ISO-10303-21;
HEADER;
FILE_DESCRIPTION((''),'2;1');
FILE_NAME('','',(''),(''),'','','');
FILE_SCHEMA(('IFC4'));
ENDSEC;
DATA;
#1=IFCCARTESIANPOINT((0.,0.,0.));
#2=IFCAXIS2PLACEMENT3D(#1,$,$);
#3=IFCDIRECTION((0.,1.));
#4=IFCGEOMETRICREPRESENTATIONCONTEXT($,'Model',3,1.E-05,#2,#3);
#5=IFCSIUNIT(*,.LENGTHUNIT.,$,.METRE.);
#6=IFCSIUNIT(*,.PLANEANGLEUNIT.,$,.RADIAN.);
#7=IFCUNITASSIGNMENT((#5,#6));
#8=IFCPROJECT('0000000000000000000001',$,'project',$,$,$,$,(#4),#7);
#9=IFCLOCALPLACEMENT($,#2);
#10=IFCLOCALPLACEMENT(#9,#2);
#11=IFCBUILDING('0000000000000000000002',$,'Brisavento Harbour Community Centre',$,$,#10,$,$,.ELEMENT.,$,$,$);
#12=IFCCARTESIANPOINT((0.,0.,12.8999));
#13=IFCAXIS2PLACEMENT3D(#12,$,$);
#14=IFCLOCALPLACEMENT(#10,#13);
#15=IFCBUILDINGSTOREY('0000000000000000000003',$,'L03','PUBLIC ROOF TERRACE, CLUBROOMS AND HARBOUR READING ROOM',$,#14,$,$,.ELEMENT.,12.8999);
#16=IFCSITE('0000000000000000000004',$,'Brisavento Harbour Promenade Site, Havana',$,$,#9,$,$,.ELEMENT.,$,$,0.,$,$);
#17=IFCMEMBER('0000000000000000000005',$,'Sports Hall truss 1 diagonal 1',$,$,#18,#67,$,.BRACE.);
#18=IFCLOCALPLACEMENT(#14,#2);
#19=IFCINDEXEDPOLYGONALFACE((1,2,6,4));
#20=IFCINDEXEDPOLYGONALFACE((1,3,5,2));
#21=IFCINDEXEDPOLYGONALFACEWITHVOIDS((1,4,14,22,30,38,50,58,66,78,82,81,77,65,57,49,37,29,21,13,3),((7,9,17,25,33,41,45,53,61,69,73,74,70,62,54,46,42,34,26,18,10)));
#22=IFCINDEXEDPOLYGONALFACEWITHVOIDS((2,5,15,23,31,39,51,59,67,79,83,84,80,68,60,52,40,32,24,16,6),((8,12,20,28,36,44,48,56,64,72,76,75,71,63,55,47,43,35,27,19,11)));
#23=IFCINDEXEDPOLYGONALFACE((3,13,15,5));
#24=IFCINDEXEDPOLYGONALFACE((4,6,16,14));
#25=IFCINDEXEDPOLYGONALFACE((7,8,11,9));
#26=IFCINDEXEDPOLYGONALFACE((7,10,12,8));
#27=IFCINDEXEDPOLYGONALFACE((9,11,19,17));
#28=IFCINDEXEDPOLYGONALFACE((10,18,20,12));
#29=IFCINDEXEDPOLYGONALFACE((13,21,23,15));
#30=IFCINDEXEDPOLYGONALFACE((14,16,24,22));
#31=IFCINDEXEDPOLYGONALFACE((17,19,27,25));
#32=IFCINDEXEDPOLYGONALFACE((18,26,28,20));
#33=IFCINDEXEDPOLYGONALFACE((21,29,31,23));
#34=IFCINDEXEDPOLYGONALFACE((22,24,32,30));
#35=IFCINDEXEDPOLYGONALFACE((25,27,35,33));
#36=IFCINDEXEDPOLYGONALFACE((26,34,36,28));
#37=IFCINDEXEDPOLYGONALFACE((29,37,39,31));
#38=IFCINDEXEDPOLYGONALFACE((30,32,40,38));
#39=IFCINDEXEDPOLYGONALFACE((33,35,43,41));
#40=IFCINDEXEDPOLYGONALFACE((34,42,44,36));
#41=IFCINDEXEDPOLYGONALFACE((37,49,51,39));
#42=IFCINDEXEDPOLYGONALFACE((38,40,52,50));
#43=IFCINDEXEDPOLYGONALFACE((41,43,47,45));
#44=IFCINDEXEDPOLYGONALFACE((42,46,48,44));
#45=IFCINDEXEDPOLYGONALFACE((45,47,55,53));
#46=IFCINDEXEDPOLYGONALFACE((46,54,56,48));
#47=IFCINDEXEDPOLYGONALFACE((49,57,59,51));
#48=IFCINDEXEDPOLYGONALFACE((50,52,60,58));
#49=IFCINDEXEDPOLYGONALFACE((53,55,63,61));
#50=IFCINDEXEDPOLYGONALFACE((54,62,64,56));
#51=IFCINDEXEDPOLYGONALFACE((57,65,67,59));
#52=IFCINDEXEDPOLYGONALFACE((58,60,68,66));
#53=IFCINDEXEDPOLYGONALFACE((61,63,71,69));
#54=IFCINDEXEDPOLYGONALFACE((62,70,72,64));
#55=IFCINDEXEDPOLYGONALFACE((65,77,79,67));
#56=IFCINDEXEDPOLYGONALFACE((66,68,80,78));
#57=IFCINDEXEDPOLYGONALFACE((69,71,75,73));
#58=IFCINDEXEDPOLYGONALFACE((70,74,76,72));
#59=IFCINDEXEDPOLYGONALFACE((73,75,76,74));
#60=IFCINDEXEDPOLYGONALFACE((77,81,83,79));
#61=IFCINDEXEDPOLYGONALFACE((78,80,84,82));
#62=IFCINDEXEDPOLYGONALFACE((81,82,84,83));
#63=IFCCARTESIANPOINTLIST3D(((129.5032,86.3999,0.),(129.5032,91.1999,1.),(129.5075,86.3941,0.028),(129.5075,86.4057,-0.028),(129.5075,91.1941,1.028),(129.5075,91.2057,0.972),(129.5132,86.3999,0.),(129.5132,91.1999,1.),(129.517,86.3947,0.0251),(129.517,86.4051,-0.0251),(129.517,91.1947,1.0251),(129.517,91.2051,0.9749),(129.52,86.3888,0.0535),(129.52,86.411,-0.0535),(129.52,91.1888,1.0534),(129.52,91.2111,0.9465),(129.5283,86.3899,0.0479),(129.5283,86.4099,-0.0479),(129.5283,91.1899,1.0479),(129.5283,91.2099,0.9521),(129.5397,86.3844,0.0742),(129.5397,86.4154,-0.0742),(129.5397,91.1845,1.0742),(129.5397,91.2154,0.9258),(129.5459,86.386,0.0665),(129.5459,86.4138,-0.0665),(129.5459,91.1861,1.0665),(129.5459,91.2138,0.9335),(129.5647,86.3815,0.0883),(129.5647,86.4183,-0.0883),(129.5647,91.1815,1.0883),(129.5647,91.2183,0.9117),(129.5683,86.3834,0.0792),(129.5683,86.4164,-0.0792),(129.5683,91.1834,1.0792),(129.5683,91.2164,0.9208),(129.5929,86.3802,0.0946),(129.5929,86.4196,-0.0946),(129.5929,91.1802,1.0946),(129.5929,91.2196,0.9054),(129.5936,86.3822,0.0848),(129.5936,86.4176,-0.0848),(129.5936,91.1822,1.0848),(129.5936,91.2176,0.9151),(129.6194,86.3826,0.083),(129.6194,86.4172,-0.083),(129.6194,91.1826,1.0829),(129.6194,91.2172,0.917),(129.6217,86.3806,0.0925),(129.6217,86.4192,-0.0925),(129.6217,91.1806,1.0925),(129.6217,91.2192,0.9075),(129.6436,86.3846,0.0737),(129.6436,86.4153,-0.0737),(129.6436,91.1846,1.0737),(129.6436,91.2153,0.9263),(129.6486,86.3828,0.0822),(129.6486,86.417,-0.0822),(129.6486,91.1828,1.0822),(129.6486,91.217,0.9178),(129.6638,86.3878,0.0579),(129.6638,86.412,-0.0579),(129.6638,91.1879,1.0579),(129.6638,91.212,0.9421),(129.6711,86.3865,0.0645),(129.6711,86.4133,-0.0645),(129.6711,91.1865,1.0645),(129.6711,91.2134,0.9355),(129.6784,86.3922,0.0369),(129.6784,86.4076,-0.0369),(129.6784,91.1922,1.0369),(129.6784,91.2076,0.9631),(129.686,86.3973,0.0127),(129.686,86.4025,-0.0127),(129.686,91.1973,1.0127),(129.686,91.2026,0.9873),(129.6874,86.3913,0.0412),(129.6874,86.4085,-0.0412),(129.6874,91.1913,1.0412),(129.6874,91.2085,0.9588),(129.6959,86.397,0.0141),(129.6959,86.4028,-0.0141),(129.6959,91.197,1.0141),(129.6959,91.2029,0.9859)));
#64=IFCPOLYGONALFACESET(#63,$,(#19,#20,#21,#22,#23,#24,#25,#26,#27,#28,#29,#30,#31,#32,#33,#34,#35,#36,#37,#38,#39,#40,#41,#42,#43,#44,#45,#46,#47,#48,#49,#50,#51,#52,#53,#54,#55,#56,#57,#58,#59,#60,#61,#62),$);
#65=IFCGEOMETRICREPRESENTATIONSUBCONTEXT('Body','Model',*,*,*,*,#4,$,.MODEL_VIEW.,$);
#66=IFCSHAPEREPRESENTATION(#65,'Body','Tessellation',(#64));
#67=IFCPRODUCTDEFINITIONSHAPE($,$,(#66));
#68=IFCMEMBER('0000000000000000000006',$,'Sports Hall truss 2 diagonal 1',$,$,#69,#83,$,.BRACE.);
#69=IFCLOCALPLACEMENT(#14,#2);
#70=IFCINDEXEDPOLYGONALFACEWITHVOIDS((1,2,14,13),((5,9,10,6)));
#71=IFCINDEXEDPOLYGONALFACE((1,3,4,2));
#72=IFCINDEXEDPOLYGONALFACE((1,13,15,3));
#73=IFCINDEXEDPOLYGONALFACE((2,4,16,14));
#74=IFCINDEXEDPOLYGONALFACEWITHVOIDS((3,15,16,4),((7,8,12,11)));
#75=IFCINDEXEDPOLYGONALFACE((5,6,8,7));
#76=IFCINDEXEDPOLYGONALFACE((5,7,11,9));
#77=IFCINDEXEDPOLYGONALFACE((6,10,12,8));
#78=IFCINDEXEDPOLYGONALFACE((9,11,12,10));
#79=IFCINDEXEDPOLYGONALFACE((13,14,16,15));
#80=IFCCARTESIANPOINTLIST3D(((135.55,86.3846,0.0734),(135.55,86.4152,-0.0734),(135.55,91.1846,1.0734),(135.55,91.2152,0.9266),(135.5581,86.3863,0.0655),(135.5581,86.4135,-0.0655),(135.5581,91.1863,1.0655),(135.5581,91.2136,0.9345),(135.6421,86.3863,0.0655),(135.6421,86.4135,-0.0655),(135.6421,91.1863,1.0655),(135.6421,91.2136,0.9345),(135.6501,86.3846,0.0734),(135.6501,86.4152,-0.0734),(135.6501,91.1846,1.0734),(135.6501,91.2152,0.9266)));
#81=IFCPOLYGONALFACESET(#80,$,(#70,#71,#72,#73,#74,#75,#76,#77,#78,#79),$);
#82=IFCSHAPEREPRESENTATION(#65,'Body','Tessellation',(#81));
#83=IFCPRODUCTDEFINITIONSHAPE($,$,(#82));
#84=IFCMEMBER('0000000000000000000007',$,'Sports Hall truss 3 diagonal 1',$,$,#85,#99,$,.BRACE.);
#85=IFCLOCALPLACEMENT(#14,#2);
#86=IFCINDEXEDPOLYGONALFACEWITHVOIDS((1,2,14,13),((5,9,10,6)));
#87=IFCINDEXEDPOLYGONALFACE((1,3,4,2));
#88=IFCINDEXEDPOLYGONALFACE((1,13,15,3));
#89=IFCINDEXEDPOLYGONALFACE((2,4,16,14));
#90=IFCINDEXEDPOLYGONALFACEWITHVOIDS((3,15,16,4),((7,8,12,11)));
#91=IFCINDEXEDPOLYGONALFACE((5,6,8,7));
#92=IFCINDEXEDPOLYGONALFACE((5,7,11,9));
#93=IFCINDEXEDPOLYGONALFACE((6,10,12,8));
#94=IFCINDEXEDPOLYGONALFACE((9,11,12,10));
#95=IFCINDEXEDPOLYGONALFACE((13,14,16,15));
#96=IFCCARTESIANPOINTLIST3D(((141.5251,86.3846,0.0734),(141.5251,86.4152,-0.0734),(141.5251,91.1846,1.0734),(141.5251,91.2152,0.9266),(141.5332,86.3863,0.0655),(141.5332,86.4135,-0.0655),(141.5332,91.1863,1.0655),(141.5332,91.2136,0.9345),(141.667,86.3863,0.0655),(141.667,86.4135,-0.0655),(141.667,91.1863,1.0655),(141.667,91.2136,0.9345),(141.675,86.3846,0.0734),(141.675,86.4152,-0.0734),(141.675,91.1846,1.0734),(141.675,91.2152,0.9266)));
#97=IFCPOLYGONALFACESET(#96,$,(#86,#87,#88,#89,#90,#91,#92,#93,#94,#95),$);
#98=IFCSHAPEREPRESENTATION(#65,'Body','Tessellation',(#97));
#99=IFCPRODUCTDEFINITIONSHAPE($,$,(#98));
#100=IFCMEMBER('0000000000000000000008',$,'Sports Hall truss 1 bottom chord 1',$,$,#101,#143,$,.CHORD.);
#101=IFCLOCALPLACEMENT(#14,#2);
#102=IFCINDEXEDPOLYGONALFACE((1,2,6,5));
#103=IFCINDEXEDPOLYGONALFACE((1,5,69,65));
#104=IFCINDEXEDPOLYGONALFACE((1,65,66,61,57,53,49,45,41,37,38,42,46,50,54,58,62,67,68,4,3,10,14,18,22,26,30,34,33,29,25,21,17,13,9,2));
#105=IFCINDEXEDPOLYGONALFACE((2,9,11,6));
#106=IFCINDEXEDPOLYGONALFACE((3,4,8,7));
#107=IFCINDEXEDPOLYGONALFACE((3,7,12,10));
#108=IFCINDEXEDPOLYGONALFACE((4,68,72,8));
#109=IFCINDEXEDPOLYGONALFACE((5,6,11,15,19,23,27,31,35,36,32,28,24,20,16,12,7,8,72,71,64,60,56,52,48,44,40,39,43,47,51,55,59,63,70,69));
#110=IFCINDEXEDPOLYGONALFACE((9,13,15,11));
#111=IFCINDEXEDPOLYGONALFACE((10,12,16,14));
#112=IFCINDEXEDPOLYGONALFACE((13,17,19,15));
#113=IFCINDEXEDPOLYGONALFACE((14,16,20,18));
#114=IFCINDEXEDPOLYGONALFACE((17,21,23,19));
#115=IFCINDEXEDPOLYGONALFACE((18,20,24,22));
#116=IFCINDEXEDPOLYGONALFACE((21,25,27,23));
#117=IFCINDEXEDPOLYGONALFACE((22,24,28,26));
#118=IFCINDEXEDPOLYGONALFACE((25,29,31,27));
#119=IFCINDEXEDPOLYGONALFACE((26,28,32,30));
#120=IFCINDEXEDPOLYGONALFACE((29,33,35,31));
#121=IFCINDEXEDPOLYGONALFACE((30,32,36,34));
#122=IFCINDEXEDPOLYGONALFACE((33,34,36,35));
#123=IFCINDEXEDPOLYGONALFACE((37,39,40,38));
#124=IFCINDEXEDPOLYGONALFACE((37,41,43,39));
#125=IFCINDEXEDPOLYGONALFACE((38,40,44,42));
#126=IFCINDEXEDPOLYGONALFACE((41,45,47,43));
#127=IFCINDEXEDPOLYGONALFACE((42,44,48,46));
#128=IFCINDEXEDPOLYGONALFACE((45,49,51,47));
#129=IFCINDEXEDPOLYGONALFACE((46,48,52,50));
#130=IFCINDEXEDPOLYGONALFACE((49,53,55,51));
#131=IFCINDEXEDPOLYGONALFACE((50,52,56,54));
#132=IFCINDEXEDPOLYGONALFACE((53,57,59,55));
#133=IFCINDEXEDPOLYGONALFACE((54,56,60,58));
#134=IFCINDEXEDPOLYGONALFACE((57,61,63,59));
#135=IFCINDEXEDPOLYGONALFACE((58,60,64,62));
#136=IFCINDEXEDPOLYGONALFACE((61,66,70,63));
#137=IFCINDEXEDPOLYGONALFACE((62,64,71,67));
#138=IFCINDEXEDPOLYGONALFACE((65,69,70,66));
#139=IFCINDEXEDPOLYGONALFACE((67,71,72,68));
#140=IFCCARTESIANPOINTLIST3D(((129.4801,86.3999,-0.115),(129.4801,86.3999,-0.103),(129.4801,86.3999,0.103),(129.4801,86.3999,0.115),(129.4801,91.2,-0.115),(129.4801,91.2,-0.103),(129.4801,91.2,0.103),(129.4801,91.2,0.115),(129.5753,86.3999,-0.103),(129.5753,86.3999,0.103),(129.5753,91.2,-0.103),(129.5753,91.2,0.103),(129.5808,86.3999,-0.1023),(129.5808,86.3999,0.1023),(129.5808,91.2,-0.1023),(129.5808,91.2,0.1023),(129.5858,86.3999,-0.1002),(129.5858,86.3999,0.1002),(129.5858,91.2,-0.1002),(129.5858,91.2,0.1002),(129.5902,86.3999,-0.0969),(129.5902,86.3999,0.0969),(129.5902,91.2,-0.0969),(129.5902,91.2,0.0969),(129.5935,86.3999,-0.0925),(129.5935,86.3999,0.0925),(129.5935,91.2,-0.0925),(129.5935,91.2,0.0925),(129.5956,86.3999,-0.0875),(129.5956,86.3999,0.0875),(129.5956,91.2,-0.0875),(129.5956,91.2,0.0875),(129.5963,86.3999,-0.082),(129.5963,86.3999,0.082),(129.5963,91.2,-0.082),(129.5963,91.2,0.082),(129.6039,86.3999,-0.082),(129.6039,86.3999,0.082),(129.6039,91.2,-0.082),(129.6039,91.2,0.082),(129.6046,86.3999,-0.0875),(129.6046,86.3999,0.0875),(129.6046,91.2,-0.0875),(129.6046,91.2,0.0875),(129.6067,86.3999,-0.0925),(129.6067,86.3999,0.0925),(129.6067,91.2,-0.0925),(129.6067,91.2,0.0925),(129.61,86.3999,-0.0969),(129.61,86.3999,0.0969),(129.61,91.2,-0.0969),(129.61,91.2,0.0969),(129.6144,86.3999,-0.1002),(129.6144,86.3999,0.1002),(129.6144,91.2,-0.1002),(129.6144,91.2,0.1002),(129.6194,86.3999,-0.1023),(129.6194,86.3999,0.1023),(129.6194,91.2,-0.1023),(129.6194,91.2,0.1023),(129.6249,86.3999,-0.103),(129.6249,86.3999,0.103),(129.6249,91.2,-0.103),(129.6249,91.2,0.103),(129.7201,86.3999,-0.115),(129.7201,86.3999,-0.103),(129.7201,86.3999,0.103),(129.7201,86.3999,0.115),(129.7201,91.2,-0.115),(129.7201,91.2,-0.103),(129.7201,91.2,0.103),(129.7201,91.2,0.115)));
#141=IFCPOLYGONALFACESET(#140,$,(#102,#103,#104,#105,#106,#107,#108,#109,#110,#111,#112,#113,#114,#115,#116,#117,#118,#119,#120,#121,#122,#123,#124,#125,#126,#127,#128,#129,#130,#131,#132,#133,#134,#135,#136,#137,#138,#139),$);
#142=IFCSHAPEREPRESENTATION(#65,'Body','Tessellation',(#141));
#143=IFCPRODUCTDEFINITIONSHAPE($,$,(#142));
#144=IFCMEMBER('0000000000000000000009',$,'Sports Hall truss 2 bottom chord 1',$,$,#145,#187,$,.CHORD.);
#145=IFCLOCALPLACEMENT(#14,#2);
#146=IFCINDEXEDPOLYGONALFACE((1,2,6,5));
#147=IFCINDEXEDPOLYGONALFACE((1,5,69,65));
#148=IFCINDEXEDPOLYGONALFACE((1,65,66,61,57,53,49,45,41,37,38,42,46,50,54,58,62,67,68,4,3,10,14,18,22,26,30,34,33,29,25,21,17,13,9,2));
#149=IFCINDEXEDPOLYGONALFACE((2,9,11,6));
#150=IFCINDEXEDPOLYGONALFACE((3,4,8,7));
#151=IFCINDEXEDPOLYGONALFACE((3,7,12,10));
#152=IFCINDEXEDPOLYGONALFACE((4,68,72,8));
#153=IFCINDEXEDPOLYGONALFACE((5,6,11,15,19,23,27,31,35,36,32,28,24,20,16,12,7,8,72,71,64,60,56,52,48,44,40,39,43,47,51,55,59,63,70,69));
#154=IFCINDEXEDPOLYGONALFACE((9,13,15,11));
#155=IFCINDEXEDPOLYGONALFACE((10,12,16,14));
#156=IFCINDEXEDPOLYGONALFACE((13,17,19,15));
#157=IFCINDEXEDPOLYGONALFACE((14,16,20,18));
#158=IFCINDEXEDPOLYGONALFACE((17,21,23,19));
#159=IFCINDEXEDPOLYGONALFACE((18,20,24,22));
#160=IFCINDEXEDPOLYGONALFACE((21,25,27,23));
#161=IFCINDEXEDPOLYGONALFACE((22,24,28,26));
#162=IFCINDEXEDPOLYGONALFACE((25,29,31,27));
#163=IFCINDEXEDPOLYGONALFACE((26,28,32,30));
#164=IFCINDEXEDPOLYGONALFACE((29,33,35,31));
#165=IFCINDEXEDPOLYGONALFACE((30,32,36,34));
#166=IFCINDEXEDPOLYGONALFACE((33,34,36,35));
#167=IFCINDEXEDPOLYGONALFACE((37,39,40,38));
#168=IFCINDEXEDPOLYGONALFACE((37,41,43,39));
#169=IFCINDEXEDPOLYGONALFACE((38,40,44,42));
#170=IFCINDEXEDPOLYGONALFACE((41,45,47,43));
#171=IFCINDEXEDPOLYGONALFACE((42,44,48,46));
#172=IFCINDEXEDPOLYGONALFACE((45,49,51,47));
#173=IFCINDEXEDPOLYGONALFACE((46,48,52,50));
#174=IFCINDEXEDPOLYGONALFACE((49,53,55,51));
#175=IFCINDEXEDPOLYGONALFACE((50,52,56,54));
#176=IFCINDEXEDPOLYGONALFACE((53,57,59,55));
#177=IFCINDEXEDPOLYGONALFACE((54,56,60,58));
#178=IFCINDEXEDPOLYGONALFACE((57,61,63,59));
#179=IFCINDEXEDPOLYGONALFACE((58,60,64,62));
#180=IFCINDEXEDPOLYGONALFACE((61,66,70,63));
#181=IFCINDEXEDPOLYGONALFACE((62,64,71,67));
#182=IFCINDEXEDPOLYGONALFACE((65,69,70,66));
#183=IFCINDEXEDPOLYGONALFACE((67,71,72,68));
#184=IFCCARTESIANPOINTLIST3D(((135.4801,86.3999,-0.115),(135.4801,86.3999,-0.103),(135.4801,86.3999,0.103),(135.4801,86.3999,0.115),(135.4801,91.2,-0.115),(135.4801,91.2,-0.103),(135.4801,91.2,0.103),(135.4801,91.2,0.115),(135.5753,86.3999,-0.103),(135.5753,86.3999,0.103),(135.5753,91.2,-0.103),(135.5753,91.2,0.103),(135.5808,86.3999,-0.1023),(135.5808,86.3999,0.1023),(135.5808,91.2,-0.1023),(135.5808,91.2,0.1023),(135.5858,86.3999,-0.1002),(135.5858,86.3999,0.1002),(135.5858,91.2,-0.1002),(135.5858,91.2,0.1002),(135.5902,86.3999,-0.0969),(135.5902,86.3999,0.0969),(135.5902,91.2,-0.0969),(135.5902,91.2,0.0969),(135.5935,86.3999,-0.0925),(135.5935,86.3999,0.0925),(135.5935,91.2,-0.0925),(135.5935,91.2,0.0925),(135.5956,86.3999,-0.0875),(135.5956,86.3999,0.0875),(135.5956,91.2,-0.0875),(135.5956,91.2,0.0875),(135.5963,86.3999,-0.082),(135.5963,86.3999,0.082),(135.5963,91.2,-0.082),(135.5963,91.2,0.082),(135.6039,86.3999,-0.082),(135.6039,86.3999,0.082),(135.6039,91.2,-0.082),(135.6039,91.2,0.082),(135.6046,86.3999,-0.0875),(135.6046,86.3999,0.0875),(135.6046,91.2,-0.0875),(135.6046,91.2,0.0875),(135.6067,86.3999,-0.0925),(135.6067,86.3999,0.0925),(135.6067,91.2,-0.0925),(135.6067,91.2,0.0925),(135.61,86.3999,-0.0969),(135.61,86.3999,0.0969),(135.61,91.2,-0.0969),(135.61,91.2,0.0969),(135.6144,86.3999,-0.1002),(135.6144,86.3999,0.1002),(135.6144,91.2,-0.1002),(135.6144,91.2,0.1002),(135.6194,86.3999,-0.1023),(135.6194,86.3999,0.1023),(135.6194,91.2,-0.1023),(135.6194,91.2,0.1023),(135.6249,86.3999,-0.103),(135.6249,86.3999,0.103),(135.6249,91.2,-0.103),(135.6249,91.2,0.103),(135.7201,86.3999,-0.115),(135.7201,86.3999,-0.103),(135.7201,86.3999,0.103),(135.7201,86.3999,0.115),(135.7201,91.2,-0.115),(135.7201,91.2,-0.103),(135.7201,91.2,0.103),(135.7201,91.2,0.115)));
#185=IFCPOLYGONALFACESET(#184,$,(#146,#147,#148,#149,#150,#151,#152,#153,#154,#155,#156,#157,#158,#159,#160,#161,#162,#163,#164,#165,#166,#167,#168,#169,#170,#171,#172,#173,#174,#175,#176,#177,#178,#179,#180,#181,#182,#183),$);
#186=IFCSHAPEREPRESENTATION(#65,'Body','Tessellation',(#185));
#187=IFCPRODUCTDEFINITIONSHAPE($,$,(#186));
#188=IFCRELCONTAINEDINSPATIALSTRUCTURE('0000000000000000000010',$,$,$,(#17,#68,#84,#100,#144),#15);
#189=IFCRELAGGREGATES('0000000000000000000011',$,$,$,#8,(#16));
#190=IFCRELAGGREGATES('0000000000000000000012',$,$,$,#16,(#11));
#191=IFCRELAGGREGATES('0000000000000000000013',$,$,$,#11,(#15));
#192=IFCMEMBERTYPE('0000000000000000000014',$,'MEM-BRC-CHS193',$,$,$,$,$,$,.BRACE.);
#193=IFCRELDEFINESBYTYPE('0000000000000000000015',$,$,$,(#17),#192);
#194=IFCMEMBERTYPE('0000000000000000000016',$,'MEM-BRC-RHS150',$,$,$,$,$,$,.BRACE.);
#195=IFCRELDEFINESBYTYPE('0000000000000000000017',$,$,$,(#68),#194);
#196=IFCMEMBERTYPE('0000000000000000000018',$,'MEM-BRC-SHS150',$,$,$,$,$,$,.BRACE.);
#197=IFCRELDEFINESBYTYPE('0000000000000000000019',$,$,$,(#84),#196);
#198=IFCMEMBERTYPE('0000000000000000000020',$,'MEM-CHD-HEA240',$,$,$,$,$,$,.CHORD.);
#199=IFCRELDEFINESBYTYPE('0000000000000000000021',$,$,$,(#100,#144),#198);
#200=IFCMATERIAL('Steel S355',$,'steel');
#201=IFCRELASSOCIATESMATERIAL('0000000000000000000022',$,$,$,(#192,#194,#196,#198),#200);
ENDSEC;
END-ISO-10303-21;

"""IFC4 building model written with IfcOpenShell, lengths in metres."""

from ifc_helpers import new_model, si_unit, direction, frame, origin, origin_2d, place, context, subcontext, project, spatial, hollow_rectangle, hollow_circle, i_section, extrude, material, material_profile, profile_set, type_object, element, save


model = new_model("IFC4")

# Units and contexts
model_context = context("Model", 3, precision=1e-05, world=origin(), true_north=direction((0.0, 1.0)))
body_context = subcontext(model_context, "Body", "Model", "MODEL_VIEW")
ifc_project = project(units=[si_unit("LENGTHUNIT", "METRE"), si_unit("PLANEANGLEUNIT", "RADIAN")], contexts=[model_context])

# Site, building, storey
site_placement = place(None, origin())
site = spatial("IfcSite", under=ifc_project, at=site_placement, Name="Brisavento Harbour Promenade Site, Havana", CompositionType="ELEMENT", RefElevation=0.0)
building_placement = place(site_placement, origin())
building = spatial("IfcBuilding", under=site, at=building_placement, Name="Brisavento Harbour Community Centre", CompositionType="ELEMENT")
storey_placement = place(building_placement, frame((0.0, 0.0, 12.8999)))
storey = spatial("IfcBuildingStorey", under=building, at=storey_placement, Name="L03", Description="PUBLIC ROOF TERRACE, CLUBROOMS AND HARBOUR READING ROOM", CompositionType="ELEMENT", Elevation=12.8999)

# Members
ifc_material_1 = material(Name="Steel S355", Category="steel")
ifc_material_profile_1 = material_profile(ifc_material_1, hollow_circle(Radius=0.0969, WallThickness=0.01, at=origin_2d()), Name="Steel S355")
ifc_profile_set_1 = profile_set([ifc_material_profile_1], Name="Steel S355")
member_type_1 = type_object("IfcMemberType", Name="MEM-BRC-CHS193", PredefinedType="BRACE", material=ifc_profile_set_1)
member_1_placement = place(storey_placement, frame((129.6001, 86.3999, 0.0), z_axis=(0.0, 0.978981, 0.203952), x_axis=(-1.0, 0.0, 0.0)))
element("IfcMember", 1, at=member_1_placement, inside=storey, type_object=member_type_1, Name="Sports Hall truss 1 diagonal 1", PredefinedType="BRACE", context=body_context, shape_type="SweptSolid", body=[
    extrude(hollow_circle(Radius=0.0969, WallThickness=0.01, at=origin_2d()), origin(), (0.0, 0.0, 1.0), 4.9031),
])
ifc_material_profile_2 = material_profile(ifc_material_1, hollow_rectangle(XDim=0.1001, YDim=0.1499, WallThickness=0.0081, at=origin_2d()), Name="Steel S355")
ifc_profile_set_2 = profile_set([ifc_material_profile_2], Name="Steel S355")
member_type_2 = type_object("IfcMemberType", Name="MEM-BRC-RHS150", PredefinedType="BRACE", material=ifc_profile_set_2)
member_2_placement = place(storey_placement, frame((135.6001, 86.3999, 0.0), z_axis=(0.0, 0.978981, 0.203952), x_axis=(-1.0, 0.0, 0.0)))
element("IfcMember", 2, at=member_2_placement, inside=storey, type_object=member_type_2, Name="Sports Hall truss 2 diagonal 1", PredefinedType="BRACE", context=body_context, shape_type="SweptSolid", body=[
    extrude(hollow_rectangle(XDim=0.1001, YDim=0.1499, WallThickness=0.0081, at=origin_2d()), origin(), (0.0, 0.0, 1.0), 4.9031),
])
ifc_material_profile_3 = material_profile(ifc_material_1, hollow_rectangle(XDim=0.1499, YDim=0.1499, WallThickness=0.0081, at=origin_2d()), Name="Steel S355")
ifc_profile_set_3 = profile_set([ifc_material_profile_3], Name="Steel S355")
member_type_3 = type_object("IfcMemberType", Name="MEM-BRC-SHS150", PredefinedType="BRACE", material=ifc_profile_set_3)
member_3_placement = place(storey_placement, frame((141.6001, 86.3999, 0.0), z_axis=(0.0, 0.978981, 0.203952), x_axis=(-1.0, 0.0, 0.0)))
element("IfcMember", 3, at=member_3_placement, inside=storey, type_object=member_type_3, Name="Sports Hall truss 3 diagonal 1", PredefinedType="BRACE", context=body_context, shape_type="SweptSolid", body=[
    extrude(hollow_rectangle(XDim=0.1499, YDim=0.1499, WallThickness=0.0081, at=origin_2d()), origin(), (0.0, 0.0, 1.0), 4.9031),
])
ifc_material_profile_4 = material_profile(ifc_material_1, i_section(OverallWidth=0.24, OverallDepth=0.23, WebThickness=0.0076, FlangeThickness=0.012, FilletRadius=0.021, at=origin_2d()), Name="Steel S355")
ifc_profile_set_4 = profile_set([ifc_material_profile_4], Name="Steel S355")
member_type_4 = type_object("IfcMemberType", Name="MEM-CHD-HEA240", PredefinedType="CHORD", material=ifc_profile_set_4)
for number, where, z_axis, x_axis, name in (
    (4, (129.6001, 86.3999, 0.0), (0.0, 1.0, 0.0), (-1.0, 0.0, 0.0), "Sports Hall truss 1 bottom chord 1"),
    (5, (135.6001, 86.3999, 0.0), (0.0, 1.0, 0.0), (-1.0, 0.0, 0.0), "Sports Hall truss 2 bottom chord 1"),
):
    element("IfcMember", number, at=place(storey_placement, frame(where, z_axis=z_axis, x_axis=x_axis)), inside=storey, type_object=member_type_4, Name=name, PredefinedType="CHORD", context=body_context, shape_type="SweptSolid", body=[
        extrude(i_section(OverallWidth=0.24, OverallDepth=0.23, WebThickness=0.0076, FlangeThickness=0.012, FilletRadius=0.021, at=origin_2d()), origin(), (0.0, 0.0, 1.0), 4.8),
    ])

save(model, "model.ifc")
